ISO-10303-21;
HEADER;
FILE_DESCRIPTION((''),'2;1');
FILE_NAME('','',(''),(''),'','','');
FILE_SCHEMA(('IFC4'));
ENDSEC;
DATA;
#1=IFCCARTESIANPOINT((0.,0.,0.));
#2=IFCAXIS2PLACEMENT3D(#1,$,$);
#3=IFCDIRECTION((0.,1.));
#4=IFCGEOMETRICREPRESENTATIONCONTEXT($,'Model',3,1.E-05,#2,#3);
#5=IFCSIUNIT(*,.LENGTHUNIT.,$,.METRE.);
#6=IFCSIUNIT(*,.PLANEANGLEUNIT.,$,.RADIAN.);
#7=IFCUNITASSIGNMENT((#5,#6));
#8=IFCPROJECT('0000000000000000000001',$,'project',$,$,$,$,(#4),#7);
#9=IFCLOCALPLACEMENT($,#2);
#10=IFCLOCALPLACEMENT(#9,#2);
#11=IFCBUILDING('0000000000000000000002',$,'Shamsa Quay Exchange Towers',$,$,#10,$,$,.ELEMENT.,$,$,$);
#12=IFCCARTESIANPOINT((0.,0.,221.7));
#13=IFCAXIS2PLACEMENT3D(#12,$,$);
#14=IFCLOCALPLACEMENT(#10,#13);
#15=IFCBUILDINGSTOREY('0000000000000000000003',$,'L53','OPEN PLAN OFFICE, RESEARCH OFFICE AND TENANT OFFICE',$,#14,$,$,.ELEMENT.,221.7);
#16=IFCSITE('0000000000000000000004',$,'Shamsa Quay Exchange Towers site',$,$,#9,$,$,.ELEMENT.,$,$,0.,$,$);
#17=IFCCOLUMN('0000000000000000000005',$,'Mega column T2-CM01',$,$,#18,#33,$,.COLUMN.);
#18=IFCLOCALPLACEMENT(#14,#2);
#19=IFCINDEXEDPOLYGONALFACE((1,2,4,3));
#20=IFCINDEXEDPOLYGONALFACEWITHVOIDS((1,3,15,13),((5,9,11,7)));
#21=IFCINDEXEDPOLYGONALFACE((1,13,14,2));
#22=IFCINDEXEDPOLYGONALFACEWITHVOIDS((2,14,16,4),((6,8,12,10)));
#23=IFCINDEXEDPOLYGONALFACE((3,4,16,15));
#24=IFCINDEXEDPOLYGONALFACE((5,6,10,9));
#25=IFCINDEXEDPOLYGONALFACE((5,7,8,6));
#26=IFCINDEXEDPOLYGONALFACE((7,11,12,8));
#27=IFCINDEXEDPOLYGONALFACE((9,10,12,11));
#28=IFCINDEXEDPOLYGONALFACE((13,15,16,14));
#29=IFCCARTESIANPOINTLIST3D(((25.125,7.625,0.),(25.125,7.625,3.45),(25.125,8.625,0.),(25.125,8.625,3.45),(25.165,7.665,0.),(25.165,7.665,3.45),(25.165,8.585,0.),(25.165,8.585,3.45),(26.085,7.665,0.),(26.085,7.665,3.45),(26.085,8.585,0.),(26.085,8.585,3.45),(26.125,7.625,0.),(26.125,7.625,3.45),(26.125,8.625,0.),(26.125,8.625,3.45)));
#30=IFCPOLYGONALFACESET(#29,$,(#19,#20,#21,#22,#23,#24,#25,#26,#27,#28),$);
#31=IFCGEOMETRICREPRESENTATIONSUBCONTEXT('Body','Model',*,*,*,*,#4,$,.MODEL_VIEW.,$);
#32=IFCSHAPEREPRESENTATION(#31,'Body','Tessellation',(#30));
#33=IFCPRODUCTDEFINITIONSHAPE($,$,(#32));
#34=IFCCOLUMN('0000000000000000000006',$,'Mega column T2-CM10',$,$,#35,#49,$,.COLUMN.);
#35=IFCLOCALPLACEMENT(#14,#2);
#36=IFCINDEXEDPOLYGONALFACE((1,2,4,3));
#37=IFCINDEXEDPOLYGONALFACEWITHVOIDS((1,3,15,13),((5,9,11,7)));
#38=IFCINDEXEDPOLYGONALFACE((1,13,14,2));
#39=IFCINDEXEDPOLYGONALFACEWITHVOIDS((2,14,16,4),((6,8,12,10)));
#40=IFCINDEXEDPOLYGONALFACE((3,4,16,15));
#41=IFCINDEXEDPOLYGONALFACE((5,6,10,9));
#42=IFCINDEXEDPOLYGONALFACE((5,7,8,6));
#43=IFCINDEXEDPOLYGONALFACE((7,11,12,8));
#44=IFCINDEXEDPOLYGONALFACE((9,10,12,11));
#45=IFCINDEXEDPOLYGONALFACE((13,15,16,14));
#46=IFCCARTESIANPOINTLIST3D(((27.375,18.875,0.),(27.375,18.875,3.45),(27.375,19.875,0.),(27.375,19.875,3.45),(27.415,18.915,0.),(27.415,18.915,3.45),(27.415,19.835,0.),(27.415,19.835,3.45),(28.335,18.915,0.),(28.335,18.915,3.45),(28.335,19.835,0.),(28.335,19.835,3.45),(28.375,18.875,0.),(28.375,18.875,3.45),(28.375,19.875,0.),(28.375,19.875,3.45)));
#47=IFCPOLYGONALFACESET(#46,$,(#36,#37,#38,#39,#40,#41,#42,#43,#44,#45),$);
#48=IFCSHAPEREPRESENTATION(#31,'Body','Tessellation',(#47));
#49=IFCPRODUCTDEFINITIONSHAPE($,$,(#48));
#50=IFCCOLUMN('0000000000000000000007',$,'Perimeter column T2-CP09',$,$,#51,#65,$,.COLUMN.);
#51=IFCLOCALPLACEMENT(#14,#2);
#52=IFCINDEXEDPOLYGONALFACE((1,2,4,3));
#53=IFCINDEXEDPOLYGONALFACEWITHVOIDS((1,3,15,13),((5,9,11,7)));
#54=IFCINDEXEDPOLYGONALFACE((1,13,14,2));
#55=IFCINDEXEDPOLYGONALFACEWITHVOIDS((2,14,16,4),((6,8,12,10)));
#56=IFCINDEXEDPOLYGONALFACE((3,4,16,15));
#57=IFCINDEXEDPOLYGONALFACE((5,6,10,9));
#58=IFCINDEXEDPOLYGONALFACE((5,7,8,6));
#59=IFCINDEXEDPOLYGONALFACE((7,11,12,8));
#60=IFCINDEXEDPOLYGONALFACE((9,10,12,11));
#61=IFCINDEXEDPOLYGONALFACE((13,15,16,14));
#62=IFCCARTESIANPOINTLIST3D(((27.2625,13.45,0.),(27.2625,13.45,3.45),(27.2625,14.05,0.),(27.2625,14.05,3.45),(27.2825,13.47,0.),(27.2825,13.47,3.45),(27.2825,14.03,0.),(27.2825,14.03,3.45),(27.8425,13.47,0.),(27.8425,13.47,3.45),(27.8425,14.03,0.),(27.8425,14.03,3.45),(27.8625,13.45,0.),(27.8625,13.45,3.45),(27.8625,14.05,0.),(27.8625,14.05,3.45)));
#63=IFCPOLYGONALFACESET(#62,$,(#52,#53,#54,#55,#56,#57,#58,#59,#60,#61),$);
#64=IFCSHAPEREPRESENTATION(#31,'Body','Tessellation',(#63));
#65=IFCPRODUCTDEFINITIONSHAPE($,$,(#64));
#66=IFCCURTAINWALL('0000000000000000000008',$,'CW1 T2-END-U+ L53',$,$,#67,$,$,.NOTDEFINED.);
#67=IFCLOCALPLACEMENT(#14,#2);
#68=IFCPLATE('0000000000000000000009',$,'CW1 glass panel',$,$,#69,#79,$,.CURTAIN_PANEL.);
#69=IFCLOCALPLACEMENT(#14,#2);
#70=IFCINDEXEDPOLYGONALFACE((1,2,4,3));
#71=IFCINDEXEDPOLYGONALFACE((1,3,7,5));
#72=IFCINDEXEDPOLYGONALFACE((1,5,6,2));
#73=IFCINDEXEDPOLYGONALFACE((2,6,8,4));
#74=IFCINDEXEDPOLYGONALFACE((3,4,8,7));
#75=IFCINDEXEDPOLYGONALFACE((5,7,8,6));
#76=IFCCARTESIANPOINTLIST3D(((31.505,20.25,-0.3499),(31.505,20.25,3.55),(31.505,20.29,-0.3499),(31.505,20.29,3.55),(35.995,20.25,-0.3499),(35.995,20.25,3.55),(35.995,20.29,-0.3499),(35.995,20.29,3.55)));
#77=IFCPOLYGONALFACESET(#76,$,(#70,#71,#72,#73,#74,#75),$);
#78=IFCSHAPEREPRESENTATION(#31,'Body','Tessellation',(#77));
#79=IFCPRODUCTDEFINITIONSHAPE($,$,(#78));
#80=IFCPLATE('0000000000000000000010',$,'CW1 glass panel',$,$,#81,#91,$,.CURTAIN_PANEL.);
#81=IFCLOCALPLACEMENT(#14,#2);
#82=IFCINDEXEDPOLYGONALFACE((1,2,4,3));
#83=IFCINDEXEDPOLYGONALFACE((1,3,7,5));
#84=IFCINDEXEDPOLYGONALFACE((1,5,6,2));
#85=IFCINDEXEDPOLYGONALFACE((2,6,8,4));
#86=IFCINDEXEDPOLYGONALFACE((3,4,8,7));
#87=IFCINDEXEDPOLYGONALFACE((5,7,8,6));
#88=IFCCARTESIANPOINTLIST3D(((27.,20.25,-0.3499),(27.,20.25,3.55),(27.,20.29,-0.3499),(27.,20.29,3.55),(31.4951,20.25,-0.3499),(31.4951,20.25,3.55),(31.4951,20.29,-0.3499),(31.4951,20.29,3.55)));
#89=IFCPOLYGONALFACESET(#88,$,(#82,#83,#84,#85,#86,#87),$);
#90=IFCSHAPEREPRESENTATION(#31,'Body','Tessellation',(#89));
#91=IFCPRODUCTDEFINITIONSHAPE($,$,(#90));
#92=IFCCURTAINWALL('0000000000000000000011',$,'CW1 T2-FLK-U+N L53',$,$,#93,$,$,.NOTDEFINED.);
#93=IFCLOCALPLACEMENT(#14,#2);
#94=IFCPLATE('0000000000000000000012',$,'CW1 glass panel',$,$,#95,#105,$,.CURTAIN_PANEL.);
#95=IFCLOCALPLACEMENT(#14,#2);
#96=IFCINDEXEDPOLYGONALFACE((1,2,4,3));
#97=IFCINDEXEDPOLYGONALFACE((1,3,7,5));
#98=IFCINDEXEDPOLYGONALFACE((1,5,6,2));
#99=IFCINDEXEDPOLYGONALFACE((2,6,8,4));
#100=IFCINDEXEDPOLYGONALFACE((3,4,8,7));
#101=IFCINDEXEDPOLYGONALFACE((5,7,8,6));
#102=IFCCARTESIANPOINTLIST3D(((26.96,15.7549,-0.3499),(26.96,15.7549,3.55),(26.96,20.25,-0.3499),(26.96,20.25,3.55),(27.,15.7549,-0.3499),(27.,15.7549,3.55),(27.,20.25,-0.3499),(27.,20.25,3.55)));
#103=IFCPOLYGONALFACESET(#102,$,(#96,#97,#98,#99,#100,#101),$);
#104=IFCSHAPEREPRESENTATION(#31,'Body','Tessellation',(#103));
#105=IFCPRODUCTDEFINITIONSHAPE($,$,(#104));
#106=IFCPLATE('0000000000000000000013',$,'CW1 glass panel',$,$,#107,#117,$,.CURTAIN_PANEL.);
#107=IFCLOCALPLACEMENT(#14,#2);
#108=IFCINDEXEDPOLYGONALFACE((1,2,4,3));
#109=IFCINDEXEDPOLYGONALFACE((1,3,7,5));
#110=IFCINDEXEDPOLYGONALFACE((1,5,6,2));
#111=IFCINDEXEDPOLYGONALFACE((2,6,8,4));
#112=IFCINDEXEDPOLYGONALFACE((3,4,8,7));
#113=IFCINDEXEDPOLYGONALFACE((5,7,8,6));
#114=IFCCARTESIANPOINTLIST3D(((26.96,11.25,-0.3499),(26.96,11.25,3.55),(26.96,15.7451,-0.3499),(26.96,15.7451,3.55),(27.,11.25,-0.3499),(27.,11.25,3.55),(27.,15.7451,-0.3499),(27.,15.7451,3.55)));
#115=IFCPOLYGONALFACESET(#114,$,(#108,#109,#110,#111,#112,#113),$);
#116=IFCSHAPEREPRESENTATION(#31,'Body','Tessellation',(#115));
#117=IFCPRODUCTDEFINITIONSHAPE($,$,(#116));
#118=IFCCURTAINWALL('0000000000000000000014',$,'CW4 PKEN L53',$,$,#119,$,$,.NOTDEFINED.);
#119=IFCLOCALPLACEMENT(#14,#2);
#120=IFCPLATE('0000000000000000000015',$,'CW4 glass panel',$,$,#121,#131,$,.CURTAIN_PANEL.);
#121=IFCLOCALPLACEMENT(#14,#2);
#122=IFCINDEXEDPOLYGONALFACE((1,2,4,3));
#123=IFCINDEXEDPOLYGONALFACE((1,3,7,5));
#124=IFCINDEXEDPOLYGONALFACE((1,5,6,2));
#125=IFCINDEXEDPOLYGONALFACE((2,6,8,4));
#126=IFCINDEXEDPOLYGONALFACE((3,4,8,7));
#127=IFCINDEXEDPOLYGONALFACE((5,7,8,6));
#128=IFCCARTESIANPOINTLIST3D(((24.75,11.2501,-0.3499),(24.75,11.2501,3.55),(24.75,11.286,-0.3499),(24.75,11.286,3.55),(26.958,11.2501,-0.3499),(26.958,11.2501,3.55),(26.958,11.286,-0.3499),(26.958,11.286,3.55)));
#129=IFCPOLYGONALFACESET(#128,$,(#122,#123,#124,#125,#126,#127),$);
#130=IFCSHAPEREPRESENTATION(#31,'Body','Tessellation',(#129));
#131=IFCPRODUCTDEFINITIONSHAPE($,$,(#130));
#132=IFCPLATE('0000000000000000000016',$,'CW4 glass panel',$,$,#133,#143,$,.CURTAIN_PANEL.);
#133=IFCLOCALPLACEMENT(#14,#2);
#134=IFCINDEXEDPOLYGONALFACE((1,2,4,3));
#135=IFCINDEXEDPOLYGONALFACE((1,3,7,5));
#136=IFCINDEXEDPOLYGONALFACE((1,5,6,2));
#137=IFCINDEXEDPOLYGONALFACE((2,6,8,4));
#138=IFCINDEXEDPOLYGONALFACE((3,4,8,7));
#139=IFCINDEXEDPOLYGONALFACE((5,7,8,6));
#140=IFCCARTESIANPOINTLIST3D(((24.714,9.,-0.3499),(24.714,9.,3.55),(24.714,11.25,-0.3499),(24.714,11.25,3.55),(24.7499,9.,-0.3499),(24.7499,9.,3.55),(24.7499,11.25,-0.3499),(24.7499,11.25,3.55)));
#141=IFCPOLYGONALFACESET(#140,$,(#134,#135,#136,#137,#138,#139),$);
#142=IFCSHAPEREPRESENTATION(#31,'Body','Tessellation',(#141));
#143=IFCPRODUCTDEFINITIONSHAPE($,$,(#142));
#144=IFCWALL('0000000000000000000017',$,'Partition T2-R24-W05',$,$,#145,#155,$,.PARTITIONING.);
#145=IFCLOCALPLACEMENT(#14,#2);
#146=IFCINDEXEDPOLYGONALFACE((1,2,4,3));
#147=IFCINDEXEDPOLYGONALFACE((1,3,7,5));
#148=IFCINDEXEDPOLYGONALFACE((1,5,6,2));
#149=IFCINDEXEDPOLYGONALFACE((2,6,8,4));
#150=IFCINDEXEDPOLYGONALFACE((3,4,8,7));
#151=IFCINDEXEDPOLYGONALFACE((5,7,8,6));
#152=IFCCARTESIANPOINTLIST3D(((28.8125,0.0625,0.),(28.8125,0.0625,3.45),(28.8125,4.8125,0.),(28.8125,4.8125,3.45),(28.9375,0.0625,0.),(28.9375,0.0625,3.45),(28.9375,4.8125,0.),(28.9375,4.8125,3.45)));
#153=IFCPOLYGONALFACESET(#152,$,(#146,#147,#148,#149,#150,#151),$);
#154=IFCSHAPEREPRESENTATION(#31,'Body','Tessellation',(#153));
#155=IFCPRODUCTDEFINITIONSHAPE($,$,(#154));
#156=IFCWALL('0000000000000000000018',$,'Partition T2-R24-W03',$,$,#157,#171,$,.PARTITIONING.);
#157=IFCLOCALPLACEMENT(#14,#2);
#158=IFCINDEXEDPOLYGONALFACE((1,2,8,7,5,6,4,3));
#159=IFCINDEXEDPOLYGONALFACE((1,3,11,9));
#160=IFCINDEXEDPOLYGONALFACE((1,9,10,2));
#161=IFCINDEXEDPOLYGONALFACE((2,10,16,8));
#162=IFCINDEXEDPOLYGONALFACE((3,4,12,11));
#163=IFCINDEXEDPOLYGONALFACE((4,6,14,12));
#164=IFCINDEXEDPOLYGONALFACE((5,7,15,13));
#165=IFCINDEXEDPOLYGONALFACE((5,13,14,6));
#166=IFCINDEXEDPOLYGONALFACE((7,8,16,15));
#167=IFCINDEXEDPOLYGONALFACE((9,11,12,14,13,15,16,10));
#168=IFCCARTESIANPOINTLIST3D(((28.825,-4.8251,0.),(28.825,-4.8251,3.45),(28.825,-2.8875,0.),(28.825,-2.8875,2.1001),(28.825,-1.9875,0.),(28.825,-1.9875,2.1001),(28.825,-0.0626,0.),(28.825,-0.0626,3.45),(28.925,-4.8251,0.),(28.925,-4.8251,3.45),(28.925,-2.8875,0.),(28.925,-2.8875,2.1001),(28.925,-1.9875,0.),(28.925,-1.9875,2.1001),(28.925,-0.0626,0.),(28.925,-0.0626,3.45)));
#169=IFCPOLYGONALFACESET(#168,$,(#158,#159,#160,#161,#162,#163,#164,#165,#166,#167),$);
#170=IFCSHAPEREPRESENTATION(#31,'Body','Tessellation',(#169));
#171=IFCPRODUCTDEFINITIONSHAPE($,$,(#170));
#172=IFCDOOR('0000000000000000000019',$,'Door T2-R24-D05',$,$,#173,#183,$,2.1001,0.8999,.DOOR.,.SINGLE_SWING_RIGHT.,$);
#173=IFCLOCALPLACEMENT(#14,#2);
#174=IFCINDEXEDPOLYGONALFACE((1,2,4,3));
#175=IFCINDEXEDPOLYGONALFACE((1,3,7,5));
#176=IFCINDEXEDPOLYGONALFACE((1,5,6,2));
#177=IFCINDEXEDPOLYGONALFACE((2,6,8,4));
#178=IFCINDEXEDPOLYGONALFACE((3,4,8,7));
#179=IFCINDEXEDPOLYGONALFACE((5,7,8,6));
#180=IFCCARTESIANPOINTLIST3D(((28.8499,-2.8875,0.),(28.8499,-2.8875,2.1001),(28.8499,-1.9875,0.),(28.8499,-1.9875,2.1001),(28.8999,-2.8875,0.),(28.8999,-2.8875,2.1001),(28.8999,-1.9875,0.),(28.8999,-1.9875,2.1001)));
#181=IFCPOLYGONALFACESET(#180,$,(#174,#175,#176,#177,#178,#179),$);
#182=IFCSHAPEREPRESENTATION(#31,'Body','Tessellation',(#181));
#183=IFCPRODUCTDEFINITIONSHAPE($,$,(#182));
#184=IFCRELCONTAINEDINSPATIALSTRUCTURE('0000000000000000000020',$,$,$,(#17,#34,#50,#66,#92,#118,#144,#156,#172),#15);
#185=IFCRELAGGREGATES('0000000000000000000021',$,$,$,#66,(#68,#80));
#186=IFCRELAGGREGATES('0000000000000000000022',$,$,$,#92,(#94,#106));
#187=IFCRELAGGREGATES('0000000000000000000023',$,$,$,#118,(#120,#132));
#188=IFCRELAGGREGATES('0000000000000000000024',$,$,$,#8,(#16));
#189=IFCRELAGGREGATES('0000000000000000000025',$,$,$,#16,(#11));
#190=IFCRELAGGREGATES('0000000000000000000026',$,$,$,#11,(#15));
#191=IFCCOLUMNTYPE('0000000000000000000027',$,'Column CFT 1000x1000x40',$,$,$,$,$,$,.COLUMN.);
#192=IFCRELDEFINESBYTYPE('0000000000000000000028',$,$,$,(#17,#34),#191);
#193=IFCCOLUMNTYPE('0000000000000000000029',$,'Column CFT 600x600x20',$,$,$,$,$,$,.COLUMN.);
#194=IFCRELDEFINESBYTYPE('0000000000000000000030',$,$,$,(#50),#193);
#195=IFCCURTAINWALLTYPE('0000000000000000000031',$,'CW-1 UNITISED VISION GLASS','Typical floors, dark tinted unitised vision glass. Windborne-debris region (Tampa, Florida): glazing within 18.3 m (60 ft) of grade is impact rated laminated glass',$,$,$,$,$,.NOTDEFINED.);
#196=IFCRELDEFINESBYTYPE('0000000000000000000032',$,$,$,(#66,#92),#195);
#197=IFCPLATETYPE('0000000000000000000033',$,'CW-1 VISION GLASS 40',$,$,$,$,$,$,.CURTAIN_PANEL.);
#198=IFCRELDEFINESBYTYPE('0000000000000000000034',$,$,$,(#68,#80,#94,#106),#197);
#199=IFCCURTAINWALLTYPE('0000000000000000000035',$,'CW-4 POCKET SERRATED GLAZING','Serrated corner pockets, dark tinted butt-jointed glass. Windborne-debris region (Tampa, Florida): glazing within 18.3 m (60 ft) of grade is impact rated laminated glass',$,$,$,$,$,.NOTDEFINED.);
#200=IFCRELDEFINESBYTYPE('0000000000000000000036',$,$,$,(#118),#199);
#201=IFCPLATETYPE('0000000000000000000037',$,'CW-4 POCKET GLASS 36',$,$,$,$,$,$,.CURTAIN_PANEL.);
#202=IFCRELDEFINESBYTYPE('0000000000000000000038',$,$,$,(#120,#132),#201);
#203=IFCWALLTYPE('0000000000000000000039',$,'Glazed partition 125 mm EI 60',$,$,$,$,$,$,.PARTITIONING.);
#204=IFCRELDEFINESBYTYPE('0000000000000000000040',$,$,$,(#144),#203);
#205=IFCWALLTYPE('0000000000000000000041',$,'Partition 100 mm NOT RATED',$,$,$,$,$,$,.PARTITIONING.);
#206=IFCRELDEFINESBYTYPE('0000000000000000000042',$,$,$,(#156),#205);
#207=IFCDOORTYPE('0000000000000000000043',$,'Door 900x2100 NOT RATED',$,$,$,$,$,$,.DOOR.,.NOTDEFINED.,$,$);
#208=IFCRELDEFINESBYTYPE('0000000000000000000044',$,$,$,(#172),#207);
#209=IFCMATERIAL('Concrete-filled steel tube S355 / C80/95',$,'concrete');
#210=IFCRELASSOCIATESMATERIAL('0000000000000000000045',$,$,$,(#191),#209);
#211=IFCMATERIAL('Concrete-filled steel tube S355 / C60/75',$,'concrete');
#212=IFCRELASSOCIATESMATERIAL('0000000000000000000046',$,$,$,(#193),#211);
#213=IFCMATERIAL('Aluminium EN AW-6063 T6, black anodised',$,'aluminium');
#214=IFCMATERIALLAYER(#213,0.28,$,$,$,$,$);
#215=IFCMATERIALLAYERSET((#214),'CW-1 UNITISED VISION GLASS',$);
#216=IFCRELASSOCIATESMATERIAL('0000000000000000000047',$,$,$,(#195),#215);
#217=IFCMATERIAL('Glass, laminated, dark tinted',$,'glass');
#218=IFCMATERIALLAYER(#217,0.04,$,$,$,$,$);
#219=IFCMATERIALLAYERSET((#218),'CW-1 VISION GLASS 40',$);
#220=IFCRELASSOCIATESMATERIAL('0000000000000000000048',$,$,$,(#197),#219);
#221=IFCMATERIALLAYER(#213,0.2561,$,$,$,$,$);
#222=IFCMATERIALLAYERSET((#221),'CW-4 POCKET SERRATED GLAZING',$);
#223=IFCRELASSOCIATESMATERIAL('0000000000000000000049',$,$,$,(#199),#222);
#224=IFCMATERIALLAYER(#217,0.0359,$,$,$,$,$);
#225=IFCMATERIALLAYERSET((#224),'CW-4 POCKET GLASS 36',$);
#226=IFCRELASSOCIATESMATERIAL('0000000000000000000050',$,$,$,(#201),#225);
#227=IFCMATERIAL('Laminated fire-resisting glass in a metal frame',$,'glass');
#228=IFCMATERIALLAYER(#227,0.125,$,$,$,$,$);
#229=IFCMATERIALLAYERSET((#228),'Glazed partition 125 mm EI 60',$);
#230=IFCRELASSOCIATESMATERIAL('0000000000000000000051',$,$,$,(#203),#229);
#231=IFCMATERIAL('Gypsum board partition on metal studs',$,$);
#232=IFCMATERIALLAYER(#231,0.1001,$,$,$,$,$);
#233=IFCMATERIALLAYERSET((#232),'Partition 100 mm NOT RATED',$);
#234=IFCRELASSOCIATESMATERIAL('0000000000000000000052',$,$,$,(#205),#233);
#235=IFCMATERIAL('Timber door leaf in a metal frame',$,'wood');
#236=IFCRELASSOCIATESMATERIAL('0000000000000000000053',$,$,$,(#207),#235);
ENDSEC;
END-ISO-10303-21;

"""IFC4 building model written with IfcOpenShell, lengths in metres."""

from ifc_helpers import new_model, si_unit, direction, frame, frame_2d, origin, origin_2d, place, context, subcontext, project, spatial, rectangle, hollow_rectangle, extrude, material, layer, layer_set, material_profile, profile_set, type_object, element, fill, aggregate, save


model = new_model("IFC4")

# Units and contexts
model_context = context("Model", 3, precision=1e-05, world=origin(), true_north=direction((0.0, 1.0)))
body_context = subcontext(model_context, "Body", "Model", "MODEL_VIEW")
ifc_project = project(units=[si_unit("LENGTHUNIT", "METRE"), si_unit("PLANEANGLEUNIT", "RADIAN")], contexts=[model_context])

# Site, building, storey
site_placement = place(None, origin())
site = spatial("IfcSite", under=ifc_project, at=site_placement, Name="Shamsa Quay Exchange Towers site", CompositionType="ELEMENT", RefElevation=0.0)
building_placement = place(site_placement, origin())
building = spatial("IfcBuilding", under=site, at=building_placement, Name="Shamsa Quay Exchange Towers", CompositionType="ELEMENT")
storey_placement = place(building_placement, frame((0.0, 0.0, 221.7)))
storey = spatial("IfcBuildingStorey", under=building, at=storey_placement, Name="L53", Description="OPEN PLAN OFFICE, RESEARCH OFFICE AND TENANT OFFICE", CompositionType="ELEMENT", Elevation=221.7)

# Columns
ifc_material_1 = material(Name="Concrete-filled steel tube S355 / C80/95", Category="concrete")
ifc_material_profile_1 = material_profile(ifc_material_1, hollow_rectangle(XDim=1.0, YDim=1.0, WallThickness=0.04, at=origin_2d()), Name="CFT 1000x1000x40")
ifc_profile_set_1 = profile_set([ifc_material_profile_1], Name="Concrete-filled steel tube S355 / C80/95")
column_type_1 = type_object("IfcColumnType", Name="Column CFT 1000x1000x40", PredefinedType="COLUMN", material=ifc_profile_set_1)
for number, where, name in (
    (1, (25.625, 8.125, 0.0), "Mega column T2-CM01"),
    (2, (27.875, 19.375, 0.0), "Mega column T2-CM10"),
):
    element("IfcColumn", number, at=place(storey_placement, frame(where)), inside=storey, type_object=column_type_1, Name=name, PredefinedType="COLUMN", context=body_context, shape_type="SweptSolid", body=[
        extrude(hollow_rectangle(XDim=1.0, YDim=1.0, WallThickness=0.04, at=origin_2d()), origin(), (0.0, 0.0, 1.0), 3.45),
    ])
ifc_material_2 = material(Name="Concrete-filled steel tube S355 / C60/75", Category="concrete")
ifc_material_profile_2 = material_profile(ifc_material_2, hollow_rectangle(XDim=0.6001, YDim=0.6001, WallThickness=0.02, at=origin_2d()), Name="CFT 600x600x20")
ifc_profile_set_2 = profile_set([ifc_material_profile_2], Name="Concrete-filled steel tube S355 / C60/75")
column_type_2 = type_object("IfcColumnType", Name="Column CFT 600x600x20", PredefinedType="COLUMN", material=ifc_profile_set_2)
column_placement = place(storey_placement, frame((27.5625, 13.75, 0.0)))
element("IfcColumn", 3, at=column_placement, inside=storey, type_object=column_type_2, Name="Perimeter column T2-CP09", PredefinedType="COLUMN", context=body_context, shape_type="SweptSolid", body=[
    extrude(hollow_rectangle(XDim=0.6001, YDim=0.6001, WallThickness=0.02, at=origin_2d()), origin(), (0.0, 0.0, 1.0), 3.45),
])

# Curtain walls, plates
ifc_material_3 = material(Name="Aluminium EN AW-6063 T6, black anodised", Category="aluminium")
ifc_layer_1 = layer(ifc_material_3, 0.28)
ifc_layer_set_1 = layer_set([ifc_layer_1], Name="CW-1 UNITISED VISION GLASS")
curtain_wall_type_1 = type_object("IfcCurtainWallType", Name="CW-1 UNITISED VISION GLASS", Description="Typical floors, dark tinted unitised vision glass. Windborne-debris region (Tampa, Florida): glazing within 18.3 m (60 ft) of grade is impact rated laminated glass", PredefinedType="NOTDEFINED", material=ifc_layer_set_1)
curtain_wall_1_placement = place(storey_placement, origin())
curtain_wall_1 = element("IfcCurtainWall", 4, at=curtain_wall_1_placement, inside=storey, type_object=curtain_wall_type_1, Name="CW1 T2-END-U+ L53", PredefinedType="NOTDEFINED")
ifc_material_4 = material(Name="Glass, laminated, dark tinted", Category="glass")
ifc_layer_2 = layer(ifc_material_4, 0.04)
ifc_layer_set_2 = layer_set([ifc_layer_2], Name="CW-1 VISION GLASS 40")
plate_type_1 = type_object("IfcPlateType", Name="CW-1 VISION GLASS 40", PredefinedType="CURTAIN_PANEL", material=ifc_layer_set_2)
plate_1_placement = place(storey_placement, frame((33.75, 20.27, -0.3499), z_axis=(0.0, 0.0, 1.0), x_axis=(-1.0, 0.0, 0.0)))
plate_1 = element("IfcPlate", 5, at=plate_1_placement, type_object=plate_type_1, Name="CW1 glass panel", PredefinedType="CURTAIN_PANEL", context=body_context, shape_type="SweptSolid", body=[
    extrude(rectangle(XDim=4.49, YDim=0.04, at=origin_2d()), origin(), (0.0, 0.0, 1.0), 3.8999),
])
plate_2_placement = place(storey_placement, frame((29.2476, 20.27, -0.3499), z_axis=(0.0, 0.0, 1.0), x_axis=(-1.0, 0.0, 0.0)))
plate_2 = element("IfcPlate", 6, at=plate_2_placement, type_object=plate_type_1, Name="CW1 glass panel", PredefinedType="CURTAIN_PANEL", context=body_context, shape_type="SweptSolid", body=[
    extrude(rectangle(XDim=4.4951, YDim=0.04, at=origin_2d()), origin(), (0.0, 0.0, 1.0), 3.8999),
])
aggregate(curtain_wall_1, [plate_1, plate_2])
curtain_wall_2_placement = place(storey_placement, origin())
curtain_wall_2 = element("IfcCurtainWall", 7, at=curtain_wall_2_placement, inside=storey, type_object=curtain_wall_type_1, Name="CW1 T2-FLK-U+N L53", PredefinedType="NOTDEFINED")
plate_3_placement = place(storey_placement, frame((26.98, 18.0024, -0.3499), z_axis=(0.0, 0.0, 1.0), x_axis=(0.0, -1.0, 0.0)))
plate_3 = element("IfcPlate", 8, at=plate_3_placement, type_object=plate_type_1, Name="CW1 glass panel", PredefinedType="CURTAIN_PANEL", context=body_context, shape_type="SweptSolid", body=[
    extrude(rectangle(XDim=4.4951, YDim=0.04, at=origin_2d()), origin(), (0.0, 0.0, 1.0), 3.8999),
])
plate_4_placement = place(storey_placement, frame((26.98, 13.4976, -0.3499), z_axis=(0.0, 0.0, 1.0), x_axis=(0.0, -1.0, 0.0)))
plate_4 = element("IfcPlate", 9, at=plate_4_placement, type_object=plate_type_1, Name="CW1 glass panel", PredefinedType="CURTAIN_PANEL", context=body_context, shape_type="SweptSolid", body=[
    extrude(rectangle(XDim=4.4951, YDim=0.04, at=origin_2d()), origin(), (0.0, 0.0, 1.0), 3.8999),
])
aggregate(curtain_wall_2, [plate_3, plate_4])
ifc_layer_3 = layer(ifc_material_3, 0.2561)
ifc_layer_set_3 = layer_set([ifc_layer_3], Name="CW-4 POCKET SERRATED GLAZING")
curtain_wall_type_2 = type_object("IfcCurtainWallType", Name="CW-4 POCKET SERRATED GLAZING", Description="Serrated corner pockets, dark tinted butt-jointed glass. Windborne-debris region (Tampa, Florida): glazing within 18.3 m (60 ft) of grade is impact rated laminated glass", PredefinedType="NOTDEFINED", material=ifc_layer_set_3)
curtain_wall_3_placement = place(storey_placement, origin())
curtain_wall_3 = element("IfcCurtainWall", 10, at=curtain_wall_3_placement, inside=storey, type_object=curtain_wall_type_2, Name="CW4 PKEN L53", PredefinedType="NOTDEFINED")
ifc_layer_4 = layer(ifc_material_4, 0.0359)
ifc_layer_set_4 = layer_set([ifc_layer_4], Name="CW-4 POCKET GLASS 36")
plate_type_2 = type_object("IfcPlateType", Name="CW-4 POCKET GLASS 36", PredefinedType="CURTAIN_PANEL", material=ifc_layer_set_4)
plate_5_placement = place(storey_placement, frame((25.854, 11.2681, -0.3499), z_axis=(0.0, 0.0, 1.0), x_axis=(-1.0, 0.0, 0.0)))
plate_5 = element("IfcPlate", 11, at=plate_5_placement, type_object=plate_type_2, Name="CW4 glass panel", PredefinedType="CURTAIN_PANEL", context=body_context, shape_type="SweptSolid", body=[
    extrude(rectangle(XDim=2.208, YDim=0.0359, at=origin_2d()), origin(), (0.0, 0.0, 1.0), 3.8999),
])
plate_6_placement = place(storey_placement, frame((24.7319, 10.125, -0.3499), z_axis=(0.0, 0.0, 1.0), x_axis=(0.0, -1.0, 0.0)))
plate_6 = element("IfcPlate", 12, at=plate_6_placement, type_object=plate_type_2, Name="CW4 glass panel", PredefinedType="CURTAIN_PANEL", context=body_context, shape_type="SweptSolid", body=[
    extrude(rectangle(XDim=2.25, YDim=0.0359, at=origin_2d()), origin(), (0.0, 0.0, 1.0), 3.8999),
])
aggregate(curtain_wall_3, [plate_5, plate_6])

# Wall
ifc_material_5 = material(Name="Laminated fire-resisting glass in a metal frame", Category="glass")
ifc_layer_5 = layer(ifc_material_5, 0.125)
ifc_layer_set_5 = layer_set([ifc_layer_5], Name="Glazed partition 125 mm EI 60")
wall_type_1 = type_object("IfcWallType", Name="Glazed partition 125 mm EI 60", PredefinedType="PARTITIONING", material=ifc_layer_set_5)
wall_1_placement = place(storey_placement, frame((28.875, 4.8125, 0.0), z_axis=(0.0, 0.0, 1.0), x_axis=(0.0, -1.0, 0.0)))
element("IfcWall", 13, at=wall_1_placement, inside=storey, type_object=wall_type_1, Name="Partition T2-R24-W05", PredefinedType="PARTITIONING", context=body_context, shape_type="SweptSolid", body=[
    extrude(rectangle(XDim=4.75, YDim=0.125, at=frame_2d((2.375, 0.0))), origin(), (0.0, 0.0, 1.0), 3.45),
])

# Wall, opening, door
ifc_material_6 = material(Name="Gypsum board partition on metal studs")
ifc_layer_6 = layer(ifc_material_6, 0.1001)
ifc_layer_set_6 = layer_set([ifc_layer_6], Name="Partition 100 mm NOT RATED")
wall_type_2 = type_object("IfcWallType", Name="Partition 100 mm NOT RATED", PredefinedType="PARTITIONING", material=ifc_layer_set_6)
wall_2_placement = place(storey_placement, frame((28.875, -0.0625, 0.0), z_axis=(0.0, 0.0, 1.0), x_axis=(0.0, -1.0, 0.0)))
wall_2 = element("IfcWall", 14, at=wall_2_placement, inside=storey, type_object=wall_type_2, Name="Partition T2-R24-W03", PredefinedType="PARTITIONING", context=body_context, shape_type="SweptSolid", body=[
    extrude(rectangle(XDim=4.7625, YDim=0.1001, at=frame_2d((2.3813, 0.0))), origin(), (0.0, 0.0, 1.0), 3.45),
])
opening_1_placement = place(wall_2_placement, frame((1.925, 0.0, 0.0)))
opening_1 = element("IfcOpeningElement", 15, at=opening_1_placement, cuts=wall_2, PredefinedType="OPENING", context=body_context, shape_type="SweptSolid", body=[
    extrude(rectangle(XDim=0.8999, YDim=2.1001, at=frame_2d((0.45, 1.05))), frame((0.0, 0.0601, 0.0), z_axis=(0.0, -1.0, 0.0), x_axis=(1.0, 0.0, 0.0)), (0.0, 0.0, 1.0), 0.1201),
])
ifc_material_7 = material(Name="Timber door leaf in a metal frame", Category="wood")
door_type_1 = type_object("IfcDoorType", Name="Door 900x2100 NOT RATED", OperationType="NOTDEFINED", PredefinedType="DOOR", material=ifc_material_7)
door_1_placement = place(opening_1_placement, origin())
door_1 = element("IfcDoor", 16, at=door_1_placement, inside=storey, type_object=door_type_1, Name="Door T2-R24-D05", OperationType="SINGLE_SWING_RIGHT", OverallHeight=2.1001, OverallWidth=0.8999, PredefinedType="DOOR", context=body_context, shape_type="SweptSolid", body=[
    extrude(rectangle(XDim=0.8999, YDim=2.1001, at=frame_2d((0.45, 1.05))), frame((0.0, 0.0249, 0.0), z_axis=(0.0, -1.0, 0.0), x_axis=(1.0, 0.0, 0.0)), (0.0, 0.0, 1.0), 0.05),
])
fill(opening_1, door_1)

save(model, "model.ifc")
